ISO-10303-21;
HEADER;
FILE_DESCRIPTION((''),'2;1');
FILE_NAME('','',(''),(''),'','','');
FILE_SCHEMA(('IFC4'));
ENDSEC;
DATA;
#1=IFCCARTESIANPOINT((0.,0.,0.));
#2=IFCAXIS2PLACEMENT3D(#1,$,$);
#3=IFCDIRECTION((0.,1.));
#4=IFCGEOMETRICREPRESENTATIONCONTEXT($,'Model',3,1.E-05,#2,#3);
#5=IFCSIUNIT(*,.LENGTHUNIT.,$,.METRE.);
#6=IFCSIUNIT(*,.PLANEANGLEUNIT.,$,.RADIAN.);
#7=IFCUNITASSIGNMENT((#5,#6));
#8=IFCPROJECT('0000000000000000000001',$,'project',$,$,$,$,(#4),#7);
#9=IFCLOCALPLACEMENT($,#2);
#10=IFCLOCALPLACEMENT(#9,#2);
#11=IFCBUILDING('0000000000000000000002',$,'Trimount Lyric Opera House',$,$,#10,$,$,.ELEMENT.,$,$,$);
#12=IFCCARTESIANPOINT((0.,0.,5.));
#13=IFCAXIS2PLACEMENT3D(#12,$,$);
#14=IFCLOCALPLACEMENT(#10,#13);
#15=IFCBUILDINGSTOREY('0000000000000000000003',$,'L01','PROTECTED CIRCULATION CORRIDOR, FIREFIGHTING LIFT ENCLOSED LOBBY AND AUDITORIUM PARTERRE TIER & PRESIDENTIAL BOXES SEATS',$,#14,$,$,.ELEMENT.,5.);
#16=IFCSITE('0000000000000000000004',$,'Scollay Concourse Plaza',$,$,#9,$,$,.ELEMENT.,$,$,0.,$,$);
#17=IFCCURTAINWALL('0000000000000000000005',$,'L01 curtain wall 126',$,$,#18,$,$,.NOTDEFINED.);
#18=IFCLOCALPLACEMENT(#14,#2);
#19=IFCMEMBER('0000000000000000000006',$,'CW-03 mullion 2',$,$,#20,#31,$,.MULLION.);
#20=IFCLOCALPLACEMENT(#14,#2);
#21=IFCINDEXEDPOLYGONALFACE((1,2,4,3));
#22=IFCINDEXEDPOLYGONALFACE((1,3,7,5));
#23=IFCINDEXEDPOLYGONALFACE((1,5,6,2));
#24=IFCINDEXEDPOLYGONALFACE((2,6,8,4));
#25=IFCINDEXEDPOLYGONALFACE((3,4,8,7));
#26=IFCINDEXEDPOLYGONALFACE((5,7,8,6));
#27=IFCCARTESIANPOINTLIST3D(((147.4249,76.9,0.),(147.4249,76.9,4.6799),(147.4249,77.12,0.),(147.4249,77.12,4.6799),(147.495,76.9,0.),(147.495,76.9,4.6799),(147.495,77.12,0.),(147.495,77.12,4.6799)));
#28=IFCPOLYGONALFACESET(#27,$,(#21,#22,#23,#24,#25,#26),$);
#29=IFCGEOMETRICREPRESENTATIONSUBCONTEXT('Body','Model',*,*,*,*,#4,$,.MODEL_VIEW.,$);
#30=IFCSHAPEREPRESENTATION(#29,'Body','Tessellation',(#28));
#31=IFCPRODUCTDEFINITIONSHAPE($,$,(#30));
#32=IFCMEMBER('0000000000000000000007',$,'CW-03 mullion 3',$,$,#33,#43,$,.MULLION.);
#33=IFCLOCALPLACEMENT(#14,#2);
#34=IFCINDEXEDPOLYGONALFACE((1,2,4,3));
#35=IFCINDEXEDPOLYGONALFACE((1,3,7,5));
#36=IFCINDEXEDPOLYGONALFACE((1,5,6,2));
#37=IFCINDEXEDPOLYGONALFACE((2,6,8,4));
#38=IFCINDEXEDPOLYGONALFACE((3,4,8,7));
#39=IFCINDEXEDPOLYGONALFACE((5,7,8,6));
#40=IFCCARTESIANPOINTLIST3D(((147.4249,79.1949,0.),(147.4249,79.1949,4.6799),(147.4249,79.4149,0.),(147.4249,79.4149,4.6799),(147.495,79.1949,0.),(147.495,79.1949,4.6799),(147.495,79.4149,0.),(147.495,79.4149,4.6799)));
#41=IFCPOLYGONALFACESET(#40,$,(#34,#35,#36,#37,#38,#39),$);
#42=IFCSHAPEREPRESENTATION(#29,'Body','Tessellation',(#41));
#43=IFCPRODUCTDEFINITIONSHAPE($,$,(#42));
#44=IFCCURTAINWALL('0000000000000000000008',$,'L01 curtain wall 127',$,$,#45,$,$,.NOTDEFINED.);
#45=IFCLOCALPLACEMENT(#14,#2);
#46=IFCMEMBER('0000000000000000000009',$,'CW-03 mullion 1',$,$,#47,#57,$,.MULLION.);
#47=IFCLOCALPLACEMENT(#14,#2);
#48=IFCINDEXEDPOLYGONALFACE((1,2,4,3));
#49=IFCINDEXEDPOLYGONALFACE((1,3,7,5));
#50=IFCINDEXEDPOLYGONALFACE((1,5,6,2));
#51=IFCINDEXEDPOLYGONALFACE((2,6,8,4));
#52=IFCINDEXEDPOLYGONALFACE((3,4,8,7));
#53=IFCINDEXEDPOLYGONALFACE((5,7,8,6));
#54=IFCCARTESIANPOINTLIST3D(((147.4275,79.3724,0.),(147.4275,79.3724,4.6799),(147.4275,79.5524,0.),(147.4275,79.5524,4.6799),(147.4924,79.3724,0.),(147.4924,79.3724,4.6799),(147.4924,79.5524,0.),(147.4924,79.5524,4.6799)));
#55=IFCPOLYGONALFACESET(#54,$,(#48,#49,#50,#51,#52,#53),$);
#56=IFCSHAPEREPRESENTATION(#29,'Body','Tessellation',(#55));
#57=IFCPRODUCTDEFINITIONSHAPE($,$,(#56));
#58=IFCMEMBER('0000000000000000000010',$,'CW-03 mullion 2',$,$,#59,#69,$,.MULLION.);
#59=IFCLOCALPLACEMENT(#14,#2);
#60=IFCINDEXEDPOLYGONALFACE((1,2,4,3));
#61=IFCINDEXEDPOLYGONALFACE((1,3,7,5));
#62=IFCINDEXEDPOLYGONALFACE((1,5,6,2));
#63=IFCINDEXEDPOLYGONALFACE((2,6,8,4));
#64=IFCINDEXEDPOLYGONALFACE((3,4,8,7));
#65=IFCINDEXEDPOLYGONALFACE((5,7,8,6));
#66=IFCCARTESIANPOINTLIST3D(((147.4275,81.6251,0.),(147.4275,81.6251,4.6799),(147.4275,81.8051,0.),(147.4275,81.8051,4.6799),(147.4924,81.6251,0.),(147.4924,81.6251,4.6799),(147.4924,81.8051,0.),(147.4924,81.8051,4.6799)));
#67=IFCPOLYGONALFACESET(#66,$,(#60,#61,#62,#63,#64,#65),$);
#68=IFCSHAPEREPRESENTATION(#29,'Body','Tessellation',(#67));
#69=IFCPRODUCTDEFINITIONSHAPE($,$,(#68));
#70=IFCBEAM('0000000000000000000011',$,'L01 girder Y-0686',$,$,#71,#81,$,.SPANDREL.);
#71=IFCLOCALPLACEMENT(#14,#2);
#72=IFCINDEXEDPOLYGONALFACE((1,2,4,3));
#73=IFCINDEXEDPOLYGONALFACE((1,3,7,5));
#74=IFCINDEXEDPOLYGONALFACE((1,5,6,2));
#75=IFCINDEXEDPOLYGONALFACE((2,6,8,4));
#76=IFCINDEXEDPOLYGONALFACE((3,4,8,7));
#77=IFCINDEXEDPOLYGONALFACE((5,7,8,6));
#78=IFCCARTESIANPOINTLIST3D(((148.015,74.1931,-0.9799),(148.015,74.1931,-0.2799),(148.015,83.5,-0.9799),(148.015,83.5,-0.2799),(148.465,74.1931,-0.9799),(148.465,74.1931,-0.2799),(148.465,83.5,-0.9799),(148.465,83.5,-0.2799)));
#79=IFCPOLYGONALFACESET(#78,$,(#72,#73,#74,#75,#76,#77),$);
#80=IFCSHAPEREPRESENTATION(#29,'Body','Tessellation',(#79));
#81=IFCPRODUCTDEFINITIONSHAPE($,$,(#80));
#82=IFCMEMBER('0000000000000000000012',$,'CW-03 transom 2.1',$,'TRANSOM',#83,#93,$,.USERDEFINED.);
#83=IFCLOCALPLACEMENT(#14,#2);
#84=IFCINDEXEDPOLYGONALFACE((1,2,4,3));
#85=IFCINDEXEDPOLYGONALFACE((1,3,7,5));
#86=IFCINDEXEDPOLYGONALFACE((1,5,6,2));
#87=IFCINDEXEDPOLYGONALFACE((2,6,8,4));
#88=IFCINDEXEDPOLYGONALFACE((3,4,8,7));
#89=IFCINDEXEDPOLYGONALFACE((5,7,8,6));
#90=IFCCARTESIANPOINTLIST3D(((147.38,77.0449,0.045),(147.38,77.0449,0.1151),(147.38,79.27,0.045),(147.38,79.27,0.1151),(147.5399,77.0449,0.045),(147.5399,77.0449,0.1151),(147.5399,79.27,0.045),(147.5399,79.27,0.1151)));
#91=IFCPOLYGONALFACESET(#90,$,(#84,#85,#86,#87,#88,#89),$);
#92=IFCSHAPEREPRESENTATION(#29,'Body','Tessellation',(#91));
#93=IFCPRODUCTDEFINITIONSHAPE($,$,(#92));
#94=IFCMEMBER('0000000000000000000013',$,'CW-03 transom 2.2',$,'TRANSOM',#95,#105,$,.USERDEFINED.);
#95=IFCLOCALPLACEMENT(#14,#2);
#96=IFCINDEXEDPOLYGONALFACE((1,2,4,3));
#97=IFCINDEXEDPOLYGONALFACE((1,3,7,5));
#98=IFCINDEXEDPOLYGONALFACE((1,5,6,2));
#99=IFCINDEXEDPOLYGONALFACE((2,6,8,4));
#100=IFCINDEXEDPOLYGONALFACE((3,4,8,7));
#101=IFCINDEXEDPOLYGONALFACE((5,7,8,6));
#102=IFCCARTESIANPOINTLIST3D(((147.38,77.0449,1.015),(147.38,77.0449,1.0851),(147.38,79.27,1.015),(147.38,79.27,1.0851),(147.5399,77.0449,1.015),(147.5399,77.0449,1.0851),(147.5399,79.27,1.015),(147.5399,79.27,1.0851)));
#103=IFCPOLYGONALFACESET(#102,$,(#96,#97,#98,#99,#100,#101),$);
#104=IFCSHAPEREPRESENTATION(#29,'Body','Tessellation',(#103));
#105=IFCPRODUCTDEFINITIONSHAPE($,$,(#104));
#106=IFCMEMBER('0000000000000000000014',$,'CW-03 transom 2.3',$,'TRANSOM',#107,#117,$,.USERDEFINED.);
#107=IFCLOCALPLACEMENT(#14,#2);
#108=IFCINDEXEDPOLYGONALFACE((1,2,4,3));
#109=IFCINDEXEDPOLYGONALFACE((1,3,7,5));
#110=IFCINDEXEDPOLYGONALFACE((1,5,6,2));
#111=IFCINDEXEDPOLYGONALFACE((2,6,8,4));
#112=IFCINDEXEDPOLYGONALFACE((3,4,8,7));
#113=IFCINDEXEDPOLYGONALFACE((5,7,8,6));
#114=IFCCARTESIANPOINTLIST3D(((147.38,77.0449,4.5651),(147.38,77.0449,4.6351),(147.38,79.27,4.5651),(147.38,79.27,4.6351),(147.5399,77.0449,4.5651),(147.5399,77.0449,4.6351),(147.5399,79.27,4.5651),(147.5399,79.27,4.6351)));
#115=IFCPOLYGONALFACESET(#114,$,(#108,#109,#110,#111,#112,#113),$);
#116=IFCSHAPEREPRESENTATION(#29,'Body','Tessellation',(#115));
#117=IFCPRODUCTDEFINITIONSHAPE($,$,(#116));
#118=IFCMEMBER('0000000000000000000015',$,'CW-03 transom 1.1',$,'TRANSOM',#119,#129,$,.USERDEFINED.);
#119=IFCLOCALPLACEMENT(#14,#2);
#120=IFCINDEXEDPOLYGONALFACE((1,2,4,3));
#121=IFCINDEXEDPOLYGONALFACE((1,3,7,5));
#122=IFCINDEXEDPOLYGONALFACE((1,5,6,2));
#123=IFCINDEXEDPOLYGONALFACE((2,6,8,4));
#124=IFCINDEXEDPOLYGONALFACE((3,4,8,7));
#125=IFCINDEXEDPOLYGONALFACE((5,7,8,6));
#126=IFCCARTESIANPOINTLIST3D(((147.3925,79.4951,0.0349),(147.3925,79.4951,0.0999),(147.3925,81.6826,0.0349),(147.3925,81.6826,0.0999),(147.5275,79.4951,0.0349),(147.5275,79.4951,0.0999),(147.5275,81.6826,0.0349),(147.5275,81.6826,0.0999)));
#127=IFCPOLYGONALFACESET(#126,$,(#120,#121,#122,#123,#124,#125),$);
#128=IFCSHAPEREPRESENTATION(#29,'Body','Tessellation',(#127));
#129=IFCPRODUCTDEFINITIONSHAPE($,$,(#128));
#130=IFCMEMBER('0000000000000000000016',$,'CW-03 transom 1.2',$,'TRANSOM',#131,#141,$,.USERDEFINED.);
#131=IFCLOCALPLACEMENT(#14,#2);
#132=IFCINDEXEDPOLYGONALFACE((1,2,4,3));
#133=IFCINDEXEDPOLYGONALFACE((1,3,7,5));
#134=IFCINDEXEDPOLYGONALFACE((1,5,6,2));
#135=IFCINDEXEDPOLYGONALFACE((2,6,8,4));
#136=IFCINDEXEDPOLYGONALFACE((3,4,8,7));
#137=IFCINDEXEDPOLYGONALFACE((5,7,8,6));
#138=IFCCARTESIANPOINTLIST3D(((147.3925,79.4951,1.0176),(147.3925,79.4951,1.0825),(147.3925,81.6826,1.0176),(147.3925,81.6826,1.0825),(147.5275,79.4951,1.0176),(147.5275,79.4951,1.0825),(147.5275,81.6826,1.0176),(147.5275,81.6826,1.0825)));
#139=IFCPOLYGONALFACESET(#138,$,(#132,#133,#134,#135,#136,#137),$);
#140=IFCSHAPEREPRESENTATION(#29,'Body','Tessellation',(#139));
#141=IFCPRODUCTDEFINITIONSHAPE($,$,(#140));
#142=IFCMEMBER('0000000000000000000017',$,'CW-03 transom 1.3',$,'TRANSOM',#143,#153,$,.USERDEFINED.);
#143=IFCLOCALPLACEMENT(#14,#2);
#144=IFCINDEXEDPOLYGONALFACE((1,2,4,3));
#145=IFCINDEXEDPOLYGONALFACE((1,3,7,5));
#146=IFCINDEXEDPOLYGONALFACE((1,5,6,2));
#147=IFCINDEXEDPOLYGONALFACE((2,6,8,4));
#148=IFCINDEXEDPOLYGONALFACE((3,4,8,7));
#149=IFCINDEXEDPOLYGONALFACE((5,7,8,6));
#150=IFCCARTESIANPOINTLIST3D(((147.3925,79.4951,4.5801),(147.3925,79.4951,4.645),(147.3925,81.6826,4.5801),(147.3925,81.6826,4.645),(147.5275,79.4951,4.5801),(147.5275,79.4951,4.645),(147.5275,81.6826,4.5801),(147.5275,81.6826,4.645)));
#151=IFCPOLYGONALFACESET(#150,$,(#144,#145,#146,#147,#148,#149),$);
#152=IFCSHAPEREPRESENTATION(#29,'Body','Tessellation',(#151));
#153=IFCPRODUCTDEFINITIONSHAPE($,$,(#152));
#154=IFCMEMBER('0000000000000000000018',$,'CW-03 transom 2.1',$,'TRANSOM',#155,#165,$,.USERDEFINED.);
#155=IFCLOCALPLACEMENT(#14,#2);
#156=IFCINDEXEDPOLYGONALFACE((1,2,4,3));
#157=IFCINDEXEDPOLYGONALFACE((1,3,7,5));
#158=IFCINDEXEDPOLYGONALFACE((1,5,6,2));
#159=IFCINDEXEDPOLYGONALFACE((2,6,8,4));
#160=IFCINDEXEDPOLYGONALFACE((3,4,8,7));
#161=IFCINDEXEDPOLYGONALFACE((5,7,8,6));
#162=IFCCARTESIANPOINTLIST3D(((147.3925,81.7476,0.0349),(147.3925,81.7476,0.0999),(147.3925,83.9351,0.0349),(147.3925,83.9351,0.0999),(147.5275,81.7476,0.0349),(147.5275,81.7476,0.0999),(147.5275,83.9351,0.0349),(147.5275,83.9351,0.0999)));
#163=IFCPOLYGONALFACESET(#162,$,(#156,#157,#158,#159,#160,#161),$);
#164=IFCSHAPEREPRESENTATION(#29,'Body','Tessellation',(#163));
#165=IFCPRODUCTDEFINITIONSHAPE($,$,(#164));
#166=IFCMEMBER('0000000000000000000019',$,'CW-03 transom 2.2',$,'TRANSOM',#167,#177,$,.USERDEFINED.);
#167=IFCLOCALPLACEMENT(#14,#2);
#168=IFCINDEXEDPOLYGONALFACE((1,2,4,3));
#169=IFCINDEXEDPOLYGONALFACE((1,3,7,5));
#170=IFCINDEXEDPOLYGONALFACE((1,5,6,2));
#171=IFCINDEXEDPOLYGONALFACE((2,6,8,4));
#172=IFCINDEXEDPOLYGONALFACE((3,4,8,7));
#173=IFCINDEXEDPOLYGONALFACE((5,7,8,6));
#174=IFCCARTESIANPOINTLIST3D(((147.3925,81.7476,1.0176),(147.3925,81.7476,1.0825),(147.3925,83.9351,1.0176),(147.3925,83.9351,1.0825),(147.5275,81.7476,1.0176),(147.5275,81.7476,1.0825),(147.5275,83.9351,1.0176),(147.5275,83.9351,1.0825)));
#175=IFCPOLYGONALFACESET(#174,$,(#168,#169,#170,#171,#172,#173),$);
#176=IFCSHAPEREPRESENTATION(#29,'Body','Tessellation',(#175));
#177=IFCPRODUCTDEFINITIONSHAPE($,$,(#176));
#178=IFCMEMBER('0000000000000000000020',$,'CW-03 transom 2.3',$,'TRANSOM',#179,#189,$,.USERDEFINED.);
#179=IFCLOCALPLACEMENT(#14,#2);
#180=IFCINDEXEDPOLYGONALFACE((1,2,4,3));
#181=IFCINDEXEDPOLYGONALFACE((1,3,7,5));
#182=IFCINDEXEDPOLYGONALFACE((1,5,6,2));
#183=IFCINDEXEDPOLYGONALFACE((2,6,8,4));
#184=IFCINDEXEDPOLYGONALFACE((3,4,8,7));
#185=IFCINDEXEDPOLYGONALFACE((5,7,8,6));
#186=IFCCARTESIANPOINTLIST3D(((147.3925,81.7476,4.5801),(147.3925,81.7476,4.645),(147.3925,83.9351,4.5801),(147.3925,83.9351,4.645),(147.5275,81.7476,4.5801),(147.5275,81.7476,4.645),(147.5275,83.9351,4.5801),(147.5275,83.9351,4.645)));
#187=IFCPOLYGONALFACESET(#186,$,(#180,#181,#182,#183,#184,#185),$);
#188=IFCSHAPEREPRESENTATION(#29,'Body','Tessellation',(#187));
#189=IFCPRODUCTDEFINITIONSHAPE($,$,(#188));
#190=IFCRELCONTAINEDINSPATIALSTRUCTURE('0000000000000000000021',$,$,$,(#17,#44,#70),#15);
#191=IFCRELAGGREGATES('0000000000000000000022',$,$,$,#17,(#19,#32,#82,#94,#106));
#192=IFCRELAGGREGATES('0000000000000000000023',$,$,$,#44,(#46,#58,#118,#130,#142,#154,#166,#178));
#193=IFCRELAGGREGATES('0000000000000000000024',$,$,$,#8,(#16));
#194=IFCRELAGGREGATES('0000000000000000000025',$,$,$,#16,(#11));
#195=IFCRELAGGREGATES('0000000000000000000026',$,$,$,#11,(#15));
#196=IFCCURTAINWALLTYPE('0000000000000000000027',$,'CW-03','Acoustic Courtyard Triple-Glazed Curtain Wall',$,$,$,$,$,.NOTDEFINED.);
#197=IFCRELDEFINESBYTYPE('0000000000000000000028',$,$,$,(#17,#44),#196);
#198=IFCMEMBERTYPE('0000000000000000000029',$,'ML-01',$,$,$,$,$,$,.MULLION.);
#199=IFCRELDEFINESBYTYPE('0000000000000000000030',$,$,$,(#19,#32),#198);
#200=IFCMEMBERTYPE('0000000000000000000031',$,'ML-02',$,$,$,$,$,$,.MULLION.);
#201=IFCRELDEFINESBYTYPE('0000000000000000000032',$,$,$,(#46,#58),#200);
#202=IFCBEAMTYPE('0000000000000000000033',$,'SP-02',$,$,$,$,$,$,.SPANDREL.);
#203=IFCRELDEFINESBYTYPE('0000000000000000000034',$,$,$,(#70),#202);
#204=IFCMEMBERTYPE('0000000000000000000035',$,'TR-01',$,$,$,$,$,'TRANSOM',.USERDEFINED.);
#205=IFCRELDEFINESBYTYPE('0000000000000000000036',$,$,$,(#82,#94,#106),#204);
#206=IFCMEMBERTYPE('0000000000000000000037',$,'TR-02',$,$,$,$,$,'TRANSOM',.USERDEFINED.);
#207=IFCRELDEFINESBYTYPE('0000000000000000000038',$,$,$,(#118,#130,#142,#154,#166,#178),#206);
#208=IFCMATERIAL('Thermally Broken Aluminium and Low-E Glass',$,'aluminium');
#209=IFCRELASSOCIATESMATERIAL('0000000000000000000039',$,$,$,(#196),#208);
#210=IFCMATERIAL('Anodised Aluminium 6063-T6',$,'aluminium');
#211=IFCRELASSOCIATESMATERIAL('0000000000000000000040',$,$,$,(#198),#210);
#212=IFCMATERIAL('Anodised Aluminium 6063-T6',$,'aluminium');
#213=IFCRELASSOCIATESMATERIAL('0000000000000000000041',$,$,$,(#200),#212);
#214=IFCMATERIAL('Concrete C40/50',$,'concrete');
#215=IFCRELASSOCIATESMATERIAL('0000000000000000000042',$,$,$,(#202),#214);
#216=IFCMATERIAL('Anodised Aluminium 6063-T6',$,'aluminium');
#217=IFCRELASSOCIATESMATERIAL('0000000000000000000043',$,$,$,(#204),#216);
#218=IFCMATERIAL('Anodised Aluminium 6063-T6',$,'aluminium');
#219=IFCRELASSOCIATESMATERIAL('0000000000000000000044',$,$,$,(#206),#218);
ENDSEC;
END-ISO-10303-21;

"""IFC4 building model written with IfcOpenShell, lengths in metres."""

from ifc_helpers import new_model, si_unit, direction, frame, origin, origin_2d, place, context, subcontext, project, spatial, rectangle, extrude, material, material_profile, profile_set, type_object, element, aggregate, save


model = new_model("IFC4")

# Units and contexts
model_context = context("Model", 3, precision=1e-05, world=origin(), true_north=direction((0.0, 1.0)))
body_context = subcontext(model_context, "Body", "Model", "MODEL_VIEW")
ifc_project = project(units=[si_unit("LENGTHUNIT", "METRE"), si_unit("PLANEANGLEUNIT", "RADIAN")], contexts=[model_context])

# Site, building, storey
site_placement = place(None, origin())
site = spatial("IfcSite", under=ifc_project, at=site_placement, Name="Scollay Concourse Plaza", CompositionType="ELEMENT", RefElevation=0.0)
building_placement = place(site_placement, origin())
building = spatial("IfcBuilding", under=site, at=building_placement, Name="Trimount Lyric Opera House", CompositionType="ELEMENT")
storey_placement = place(building_placement, frame((0.0, 0.0, 5.0)))
storey = spatial("IfcBuildingStorey", under=building, at=storey_placement, Name="L01", Description="PROTECTED CIRCULATION CORRIDOR, FIREFIGHTING LIFT ENCLOSED LOBBY AND AUDITORIUM PARTERRE TIER & PRESIDENTIAL BOXES SEATS", CompositionType="ELEMENT", Elevation=5.0)

# Curtain walls, members
ifc_material_1 = material(Name="Thermally Broken Aluminium and Low-E Glass", Category="aluminium")
curtain_wall_type = type_object("IfcCurtainWallType", Name="CW-03", Description="Acoustic Courtyard Triple-Glazed Curtain Wall", PredefinedType="NOTDEFINED", material=ifc_material_1)
curtain_wall_1_placement = place(storey_placement, origin())
curtain_wall_1 = element("IfcCurtainWall", 1, at=curtain_wall_1_placement, inside=storey, type_object=curtain_wall_type, Name="L01 curtain wall 126", PredefinedType="NOTDEFINED")
ifc_material_2 = material(Name="Anodised Aluminium 6063-T6", Category="aluminium")
ifc_material_profile_1 = material_profile(ifc_material_2, rectangle(XDim=0.0701, YDim=0.22, at=origin_2d()), Name="ALU-MULL-70X220")
ifc_profile_set_1 = profile_set([ifc_material_profile_1], Name="Anodised Aluminium 6063-T6")
member_type_1 = type_object("IfcMemberType", Name="ML-01", PredefinedType="MULLION", material=ifc_profile_set_1)
member_1_placement = place(storey_placement, frame((147.46, 77.01, 0.0), z_axis=(0.0, 0.0, 1.0), x_axis=(-1.0, 0.0, 0.0)))
member_1 = element("IfcMember", 2, at=member_1_placement, type_object=member_type_1, Name="CW-03 mullion 2", PredefinedType="MULLION", context=body_context, shape_type="SweptSolid", body=[
    extrude(rectangle(XDim=0.0701, YDim=0.22, at=origin_2d()), origin(), (0.0, 0.0, 1.0), 4.6799),
])
member_2_placement = place(storey_placement, frame((147.46, 79.3049, 0.0), z_axis=(0.0, 0.0, 1.0), x_axis=(-1.0, 0.0, 0.0)))
member_2 = element("IfcMember", 3, at=member_2_placement, type_object=member_type_1, Name="CW-03 mullion 3", PredefinedType="MULLION", context=body_context, shape_type="SweptSolid", body=[
    extrude(rectangle(XDim=0.0701, YDim=0.22, at=origin_2d()), origin(), (0.0, 0.0, 1.0), 4.6799),
])
curtain_wall_2_placement = place(storey_placement, origin())
curtain_wall_2 = element("IfcCurtainWall", 4, at=curtain_wall_2_placement, inside=storey, type_object=curtain_wall_type, Name="L01 curtain wall 127", PredefinedType="NOTDEFINED")
ifc_material_3 = material(Name="Anodised Aluminium 6063-T6", Category="aluminium")
ifc_material_profile_2 = material_profile(ifc_material_3, rectangle(XDim=0.0649, YDim=0.1799, at=origin_2d()), Name="ALU-MULL-65X180")
ifc_profile_set_2 = profile_set([ifc_material_profile_2], Name="Anodised Aluminium 6063-T6")
member_type_2 = type_object("IfcMemberType", Name="ML-02", PredefinedType="MULLION", material=ifc_profile_set_2)
member_3_placement = place(storey_placement, frame((147.46, 79.4624, 0.0), z_axis=(0.0, 0.0, 1.0), x_axis=(-1.0, 0.0, 0.0)))
member_3 = element("IfcMember", 5, at=member_3_placement, type_object=member_type_2, Name="CW-03 mullion 1", PredefinedType="MULLION", context=body_context, shape_type="SweptSolid", body=[
    extrude(rectangle(XDim=0.0649, YDim=0.1799, at=origin_2d()), origin(), (0.0, 0.0, 1.0), 4.6799),
])
member_4_placement = place(storey_placement, frame((147.46, 81.7151, 0.0), z_axis=(0.0, 0.0, 1.0), x_axis=(-1.0, 0.0, 0.0)))
member_4 = element("IfcMember", 6, at=member_4_placement, type_object=member_type_2, Name="CW-03 mullion 2", PredefinedType="MULLION", context=body_context, shape_type="SweptSolid", body=[
    extrude(rectangle(XDim=0.0649, YDim=0.1799, at=origin_2d()), origin(), (0.0, 0.0, 1.0), 4.6799),
])

# Beam
ifc_material_4 = material(Name="Concrete C40/50", Category="concrete")
ifc_material_profile_3 = material_profile(ifc_material_4, rectangle(XDim=0.45, YDim=0.7, at=origin_2d()), Name="RC450X700")
ifc_profile_set_3 = profile_set([ifc_material_profile_3], Name="Concrete C40/50")
beam_type_1 = type_object("IfcBeamType", Name="SP-02", PredefinedType="SPANDREL", material=ifc_profile_set_3)
beam_1_placement = place(storey_placement, frame((148.24, 74.1931, -0.6299), z_axis=(0.0, 1.0, 0.0), x_axis=(-1.0, 0.0, 0.0)))
element("IfcBeam", 7, at=beam_1_placement, inside=storey, type_object=beam_type_1, Name="L01 girder Y-0686", PredefinedType="SPANDREL", context=body_context, shape_type="SweptSolid", body=[
    extrude(rectangle(XDim=0.45, YDim=0.7, at=origin_2d()), origin(), (0.0, 0.0, 1.0), 9.3069),
])

# Members
ifc_material_5 = material(Name="Anodised Aluminium 6063-T6", Category="aluminium")
ifc_material_profile_4 = material_profile(ifc_material_5, rectangle(XDim=0.1599, YDim=0.0701, at=origin_2d()), Name="ALU-TRAN-70X160")
ifc_profile_set_4 = profile_set([ifc_material_profile_4], Name="Anodised Aluminium 6063-T6")
member_type_3 = type_object("IfcMemberType", Name="TR-01", ElementType="TRANSOM", PredefinedType="USERDEFINED", material=ifc_profile_set_4)
member_5_placement = place(storey_placement, frame((147.46, 77.0449, 0.0801), z_axis=(0.0, 1.0, 0.0), x_axis=(-1.0, 0.0, 0.0)))
member_5 = element("IfcMember", 8, at=member_5_placement, type_object=member_type_3, Name="CW-03 transom 2.1", ObjectType="TRANSOM", PredefinedType="USERDEFINED", context=body_context, shape_type="SweptSolid", body=[
    extrude(rectangle(XDim=0.1599, YDim=0.0701, at=origin_2d()), origin(), (0.0, 0.0, 1.0), 2.2251),
])
member_6_placement = place(storey_placement, frame((147.46, 77.0449, 1.05), z_axis=(0.0, 1.0, 0.0), x_axis=(-1.0, 0.0, 0.0)))
member_6 = element("IfcMember", 9, at=member_6_placement, type_object=member_type_3, Name="CW-03 transom 2.2", ObjectType="TRANSOM", PredefinedType="USERDEFINED", context=body_context, shape_type="SweptSolid", body=[
    extrude(rectangle(XDim=0.1599, YDim=0.0701, at=origin_2d()), origin(), (0.0, 0.0, 1.0), 2.2251),
])
member_7_placement = place(storey_placement, frame((147.46, 77.0449, 4.6001), z_axis=(0.0, 1.0, 0.0), x_axis=(-1.0, 0.0, 0.0)))
member_7 = element("IfcMember", 10, at=member_7_placement, type_object=member_type_3, Name="CW-03 transom 2.3", ObjectType="TRANSOM", PredefinedType="USERDEFINED", context=body_context, shape_type="SweptSolid", body=[
    extrude(rectangle(XDim=0.1599, YDim=0.0701, at=origin_2d()), origin(), (0.0, 0.0, 1.0), 2.2251),
])
ifc_material_6 = material(Name="Anodised Aluminium 6063-T6", Category="aluminium")
ifc_material_profile_5 = material_profile(ifc_material_6, rectangle(XDim=0.135, YDim=0.0649, at=origin_2d()), Name="ALU-TRAN-65X135")
ifc_profile_set_5 = profile_set([ifc_material_profile_5], Name="Anodised Aluminium 6063-T6")
member_type_4 = type_object("IfcMemberType", Name="TR-02", ElementType="TRANSOM", PredefinedType="USERDEFINED", material=ifc_profile_set_5)
member_8_placement = place(storey_placement, frame((147.46, 79.4951, 0.0674), z_axis=(0.0, 1.0, 0.0), x_axis=(-1.0, 0.0, 0.0)))
member_8 = element("IfcMember", 11, at=member_8_placement, type_object=member_type_4, Name="CW-03 transom 1.1", ObjectType="TRANSOM", PredefinedType="USERDEFINED", context=body_context, shape_type="SweptSolid", body=[
    extrude(rectangle(XDim=0.135, YDim=0.0649, at=origin_2d()), origin(), (0.0, 0.0, 1.0), 2.1875),
])
member_9_placement = place(storey_placement, frame((147.46, 79.4951, 1.05), z_axis=(0.0, 1.0, 0.0), x_axis=(-1.0, 0.0, 0.0)))
member_9 = element("IfcMember", 12, at=member_9_placement, type_object=member_type_4, Name="CW-03 transom 1.2", ObjectType="TRANSOM", PredefinedType="USERDEFINED", context=body_context, shape_type="SweptSolid", body=[
    extrude(rectangle(XDim=0.135, YDim=0.0649, at=origin_2d()), origin(), (0.0, 0.0, 1.0), 2.1875),
])
member_10_placement = place(storey_placement, frame((147.46, 79.4951, 4.6125), z_axis=(0.0, 1.0, 0.0), x_axis=(-1.0, 0.0, 0.0)))
member_10 = element("IfcMember", 13, at=member_10_placement, type_object=member_type_4, Name="CW-03 transom 1.3", ObjectType="TRANSOM", PredefinedType="USERDEFINED", context=body_context, shape_type="SweptSolid", body=[
    extrude(rectangle(XDim=0.135, YDim=0.0649, at=origin_2d()), origin(), (0.0, 0.0, 1.0), 2.1875),
])
member_11_placement = place(storey_placement, frame((147.46, 81.7476, 0.0674), z_axis=(0.0, 1.0, 0.0), x_axis=(-1.0, 0.0, 0.0)))
member_11 = element("IfcMember", 14, at=member_11_placement, type_object=member_type_4, Name="CW-03 transom 2.1", ObjectType="TRANSOM", PredefinedType="USERDEFINED", context=body_context, shape_type="SweptSolid", body=[
    extrude(rectangle(XDim=0.135, YDim=0.0649, at=origin_2d()), origin(), (0.0, 0.0, 1.0), 2.1875),
])
member_12_placement = place(storey_placement, frame((147.46, 81.7476, 1.05), z_axis=(0.0, 1.0, 0.0), x_axis=(-1.0, 0.0, 0.0)))
member_12 = element("IfcMember", 15, at=member_12_placement, type_object=member_type_4, Name="CW-03 transom 2.2", ObjectType="TRANSOM", PredefinedType="USERDEFINED", context=body_context, shape_type="SweptSolid", body=[
    extrude(rectangle(XDim=0.135, YDim=0.0649, at=origin_2d()), origin(), (0.0, 0.0, 1.0), 2.1875),
])
member_13_placement = place(storey_placement, frame((147.46, 81.7476, 4.6125), z_axis=(0.0, 1.0, 0.0), x_axis=(-1.0, 0.0, 0.0)))
member_13 = element("IfcMember", 16, at=member_13_placement, type_object=member_type_4, Name="CW-03 transom 2.3", ObjectType="TRANSOM", PredefinedType="USERDEFINED", context=body_context, shape_type="SweptSolid", body=[
    extrude(rectangle(XDim=0.135, YDim=0.0649, at=origin_2d()), origin(), (0.0, 0.0, 1.0), 2.1875),
])

aggregate(curtain_wall_1, [member_1, member_2, member_5, member_6, member_7])
aggregate(curtain_wall_2, [member_3, member_4, member_8, member_9, member_10, member_11, member_12, member_13])

save(model, "model.ifc")
